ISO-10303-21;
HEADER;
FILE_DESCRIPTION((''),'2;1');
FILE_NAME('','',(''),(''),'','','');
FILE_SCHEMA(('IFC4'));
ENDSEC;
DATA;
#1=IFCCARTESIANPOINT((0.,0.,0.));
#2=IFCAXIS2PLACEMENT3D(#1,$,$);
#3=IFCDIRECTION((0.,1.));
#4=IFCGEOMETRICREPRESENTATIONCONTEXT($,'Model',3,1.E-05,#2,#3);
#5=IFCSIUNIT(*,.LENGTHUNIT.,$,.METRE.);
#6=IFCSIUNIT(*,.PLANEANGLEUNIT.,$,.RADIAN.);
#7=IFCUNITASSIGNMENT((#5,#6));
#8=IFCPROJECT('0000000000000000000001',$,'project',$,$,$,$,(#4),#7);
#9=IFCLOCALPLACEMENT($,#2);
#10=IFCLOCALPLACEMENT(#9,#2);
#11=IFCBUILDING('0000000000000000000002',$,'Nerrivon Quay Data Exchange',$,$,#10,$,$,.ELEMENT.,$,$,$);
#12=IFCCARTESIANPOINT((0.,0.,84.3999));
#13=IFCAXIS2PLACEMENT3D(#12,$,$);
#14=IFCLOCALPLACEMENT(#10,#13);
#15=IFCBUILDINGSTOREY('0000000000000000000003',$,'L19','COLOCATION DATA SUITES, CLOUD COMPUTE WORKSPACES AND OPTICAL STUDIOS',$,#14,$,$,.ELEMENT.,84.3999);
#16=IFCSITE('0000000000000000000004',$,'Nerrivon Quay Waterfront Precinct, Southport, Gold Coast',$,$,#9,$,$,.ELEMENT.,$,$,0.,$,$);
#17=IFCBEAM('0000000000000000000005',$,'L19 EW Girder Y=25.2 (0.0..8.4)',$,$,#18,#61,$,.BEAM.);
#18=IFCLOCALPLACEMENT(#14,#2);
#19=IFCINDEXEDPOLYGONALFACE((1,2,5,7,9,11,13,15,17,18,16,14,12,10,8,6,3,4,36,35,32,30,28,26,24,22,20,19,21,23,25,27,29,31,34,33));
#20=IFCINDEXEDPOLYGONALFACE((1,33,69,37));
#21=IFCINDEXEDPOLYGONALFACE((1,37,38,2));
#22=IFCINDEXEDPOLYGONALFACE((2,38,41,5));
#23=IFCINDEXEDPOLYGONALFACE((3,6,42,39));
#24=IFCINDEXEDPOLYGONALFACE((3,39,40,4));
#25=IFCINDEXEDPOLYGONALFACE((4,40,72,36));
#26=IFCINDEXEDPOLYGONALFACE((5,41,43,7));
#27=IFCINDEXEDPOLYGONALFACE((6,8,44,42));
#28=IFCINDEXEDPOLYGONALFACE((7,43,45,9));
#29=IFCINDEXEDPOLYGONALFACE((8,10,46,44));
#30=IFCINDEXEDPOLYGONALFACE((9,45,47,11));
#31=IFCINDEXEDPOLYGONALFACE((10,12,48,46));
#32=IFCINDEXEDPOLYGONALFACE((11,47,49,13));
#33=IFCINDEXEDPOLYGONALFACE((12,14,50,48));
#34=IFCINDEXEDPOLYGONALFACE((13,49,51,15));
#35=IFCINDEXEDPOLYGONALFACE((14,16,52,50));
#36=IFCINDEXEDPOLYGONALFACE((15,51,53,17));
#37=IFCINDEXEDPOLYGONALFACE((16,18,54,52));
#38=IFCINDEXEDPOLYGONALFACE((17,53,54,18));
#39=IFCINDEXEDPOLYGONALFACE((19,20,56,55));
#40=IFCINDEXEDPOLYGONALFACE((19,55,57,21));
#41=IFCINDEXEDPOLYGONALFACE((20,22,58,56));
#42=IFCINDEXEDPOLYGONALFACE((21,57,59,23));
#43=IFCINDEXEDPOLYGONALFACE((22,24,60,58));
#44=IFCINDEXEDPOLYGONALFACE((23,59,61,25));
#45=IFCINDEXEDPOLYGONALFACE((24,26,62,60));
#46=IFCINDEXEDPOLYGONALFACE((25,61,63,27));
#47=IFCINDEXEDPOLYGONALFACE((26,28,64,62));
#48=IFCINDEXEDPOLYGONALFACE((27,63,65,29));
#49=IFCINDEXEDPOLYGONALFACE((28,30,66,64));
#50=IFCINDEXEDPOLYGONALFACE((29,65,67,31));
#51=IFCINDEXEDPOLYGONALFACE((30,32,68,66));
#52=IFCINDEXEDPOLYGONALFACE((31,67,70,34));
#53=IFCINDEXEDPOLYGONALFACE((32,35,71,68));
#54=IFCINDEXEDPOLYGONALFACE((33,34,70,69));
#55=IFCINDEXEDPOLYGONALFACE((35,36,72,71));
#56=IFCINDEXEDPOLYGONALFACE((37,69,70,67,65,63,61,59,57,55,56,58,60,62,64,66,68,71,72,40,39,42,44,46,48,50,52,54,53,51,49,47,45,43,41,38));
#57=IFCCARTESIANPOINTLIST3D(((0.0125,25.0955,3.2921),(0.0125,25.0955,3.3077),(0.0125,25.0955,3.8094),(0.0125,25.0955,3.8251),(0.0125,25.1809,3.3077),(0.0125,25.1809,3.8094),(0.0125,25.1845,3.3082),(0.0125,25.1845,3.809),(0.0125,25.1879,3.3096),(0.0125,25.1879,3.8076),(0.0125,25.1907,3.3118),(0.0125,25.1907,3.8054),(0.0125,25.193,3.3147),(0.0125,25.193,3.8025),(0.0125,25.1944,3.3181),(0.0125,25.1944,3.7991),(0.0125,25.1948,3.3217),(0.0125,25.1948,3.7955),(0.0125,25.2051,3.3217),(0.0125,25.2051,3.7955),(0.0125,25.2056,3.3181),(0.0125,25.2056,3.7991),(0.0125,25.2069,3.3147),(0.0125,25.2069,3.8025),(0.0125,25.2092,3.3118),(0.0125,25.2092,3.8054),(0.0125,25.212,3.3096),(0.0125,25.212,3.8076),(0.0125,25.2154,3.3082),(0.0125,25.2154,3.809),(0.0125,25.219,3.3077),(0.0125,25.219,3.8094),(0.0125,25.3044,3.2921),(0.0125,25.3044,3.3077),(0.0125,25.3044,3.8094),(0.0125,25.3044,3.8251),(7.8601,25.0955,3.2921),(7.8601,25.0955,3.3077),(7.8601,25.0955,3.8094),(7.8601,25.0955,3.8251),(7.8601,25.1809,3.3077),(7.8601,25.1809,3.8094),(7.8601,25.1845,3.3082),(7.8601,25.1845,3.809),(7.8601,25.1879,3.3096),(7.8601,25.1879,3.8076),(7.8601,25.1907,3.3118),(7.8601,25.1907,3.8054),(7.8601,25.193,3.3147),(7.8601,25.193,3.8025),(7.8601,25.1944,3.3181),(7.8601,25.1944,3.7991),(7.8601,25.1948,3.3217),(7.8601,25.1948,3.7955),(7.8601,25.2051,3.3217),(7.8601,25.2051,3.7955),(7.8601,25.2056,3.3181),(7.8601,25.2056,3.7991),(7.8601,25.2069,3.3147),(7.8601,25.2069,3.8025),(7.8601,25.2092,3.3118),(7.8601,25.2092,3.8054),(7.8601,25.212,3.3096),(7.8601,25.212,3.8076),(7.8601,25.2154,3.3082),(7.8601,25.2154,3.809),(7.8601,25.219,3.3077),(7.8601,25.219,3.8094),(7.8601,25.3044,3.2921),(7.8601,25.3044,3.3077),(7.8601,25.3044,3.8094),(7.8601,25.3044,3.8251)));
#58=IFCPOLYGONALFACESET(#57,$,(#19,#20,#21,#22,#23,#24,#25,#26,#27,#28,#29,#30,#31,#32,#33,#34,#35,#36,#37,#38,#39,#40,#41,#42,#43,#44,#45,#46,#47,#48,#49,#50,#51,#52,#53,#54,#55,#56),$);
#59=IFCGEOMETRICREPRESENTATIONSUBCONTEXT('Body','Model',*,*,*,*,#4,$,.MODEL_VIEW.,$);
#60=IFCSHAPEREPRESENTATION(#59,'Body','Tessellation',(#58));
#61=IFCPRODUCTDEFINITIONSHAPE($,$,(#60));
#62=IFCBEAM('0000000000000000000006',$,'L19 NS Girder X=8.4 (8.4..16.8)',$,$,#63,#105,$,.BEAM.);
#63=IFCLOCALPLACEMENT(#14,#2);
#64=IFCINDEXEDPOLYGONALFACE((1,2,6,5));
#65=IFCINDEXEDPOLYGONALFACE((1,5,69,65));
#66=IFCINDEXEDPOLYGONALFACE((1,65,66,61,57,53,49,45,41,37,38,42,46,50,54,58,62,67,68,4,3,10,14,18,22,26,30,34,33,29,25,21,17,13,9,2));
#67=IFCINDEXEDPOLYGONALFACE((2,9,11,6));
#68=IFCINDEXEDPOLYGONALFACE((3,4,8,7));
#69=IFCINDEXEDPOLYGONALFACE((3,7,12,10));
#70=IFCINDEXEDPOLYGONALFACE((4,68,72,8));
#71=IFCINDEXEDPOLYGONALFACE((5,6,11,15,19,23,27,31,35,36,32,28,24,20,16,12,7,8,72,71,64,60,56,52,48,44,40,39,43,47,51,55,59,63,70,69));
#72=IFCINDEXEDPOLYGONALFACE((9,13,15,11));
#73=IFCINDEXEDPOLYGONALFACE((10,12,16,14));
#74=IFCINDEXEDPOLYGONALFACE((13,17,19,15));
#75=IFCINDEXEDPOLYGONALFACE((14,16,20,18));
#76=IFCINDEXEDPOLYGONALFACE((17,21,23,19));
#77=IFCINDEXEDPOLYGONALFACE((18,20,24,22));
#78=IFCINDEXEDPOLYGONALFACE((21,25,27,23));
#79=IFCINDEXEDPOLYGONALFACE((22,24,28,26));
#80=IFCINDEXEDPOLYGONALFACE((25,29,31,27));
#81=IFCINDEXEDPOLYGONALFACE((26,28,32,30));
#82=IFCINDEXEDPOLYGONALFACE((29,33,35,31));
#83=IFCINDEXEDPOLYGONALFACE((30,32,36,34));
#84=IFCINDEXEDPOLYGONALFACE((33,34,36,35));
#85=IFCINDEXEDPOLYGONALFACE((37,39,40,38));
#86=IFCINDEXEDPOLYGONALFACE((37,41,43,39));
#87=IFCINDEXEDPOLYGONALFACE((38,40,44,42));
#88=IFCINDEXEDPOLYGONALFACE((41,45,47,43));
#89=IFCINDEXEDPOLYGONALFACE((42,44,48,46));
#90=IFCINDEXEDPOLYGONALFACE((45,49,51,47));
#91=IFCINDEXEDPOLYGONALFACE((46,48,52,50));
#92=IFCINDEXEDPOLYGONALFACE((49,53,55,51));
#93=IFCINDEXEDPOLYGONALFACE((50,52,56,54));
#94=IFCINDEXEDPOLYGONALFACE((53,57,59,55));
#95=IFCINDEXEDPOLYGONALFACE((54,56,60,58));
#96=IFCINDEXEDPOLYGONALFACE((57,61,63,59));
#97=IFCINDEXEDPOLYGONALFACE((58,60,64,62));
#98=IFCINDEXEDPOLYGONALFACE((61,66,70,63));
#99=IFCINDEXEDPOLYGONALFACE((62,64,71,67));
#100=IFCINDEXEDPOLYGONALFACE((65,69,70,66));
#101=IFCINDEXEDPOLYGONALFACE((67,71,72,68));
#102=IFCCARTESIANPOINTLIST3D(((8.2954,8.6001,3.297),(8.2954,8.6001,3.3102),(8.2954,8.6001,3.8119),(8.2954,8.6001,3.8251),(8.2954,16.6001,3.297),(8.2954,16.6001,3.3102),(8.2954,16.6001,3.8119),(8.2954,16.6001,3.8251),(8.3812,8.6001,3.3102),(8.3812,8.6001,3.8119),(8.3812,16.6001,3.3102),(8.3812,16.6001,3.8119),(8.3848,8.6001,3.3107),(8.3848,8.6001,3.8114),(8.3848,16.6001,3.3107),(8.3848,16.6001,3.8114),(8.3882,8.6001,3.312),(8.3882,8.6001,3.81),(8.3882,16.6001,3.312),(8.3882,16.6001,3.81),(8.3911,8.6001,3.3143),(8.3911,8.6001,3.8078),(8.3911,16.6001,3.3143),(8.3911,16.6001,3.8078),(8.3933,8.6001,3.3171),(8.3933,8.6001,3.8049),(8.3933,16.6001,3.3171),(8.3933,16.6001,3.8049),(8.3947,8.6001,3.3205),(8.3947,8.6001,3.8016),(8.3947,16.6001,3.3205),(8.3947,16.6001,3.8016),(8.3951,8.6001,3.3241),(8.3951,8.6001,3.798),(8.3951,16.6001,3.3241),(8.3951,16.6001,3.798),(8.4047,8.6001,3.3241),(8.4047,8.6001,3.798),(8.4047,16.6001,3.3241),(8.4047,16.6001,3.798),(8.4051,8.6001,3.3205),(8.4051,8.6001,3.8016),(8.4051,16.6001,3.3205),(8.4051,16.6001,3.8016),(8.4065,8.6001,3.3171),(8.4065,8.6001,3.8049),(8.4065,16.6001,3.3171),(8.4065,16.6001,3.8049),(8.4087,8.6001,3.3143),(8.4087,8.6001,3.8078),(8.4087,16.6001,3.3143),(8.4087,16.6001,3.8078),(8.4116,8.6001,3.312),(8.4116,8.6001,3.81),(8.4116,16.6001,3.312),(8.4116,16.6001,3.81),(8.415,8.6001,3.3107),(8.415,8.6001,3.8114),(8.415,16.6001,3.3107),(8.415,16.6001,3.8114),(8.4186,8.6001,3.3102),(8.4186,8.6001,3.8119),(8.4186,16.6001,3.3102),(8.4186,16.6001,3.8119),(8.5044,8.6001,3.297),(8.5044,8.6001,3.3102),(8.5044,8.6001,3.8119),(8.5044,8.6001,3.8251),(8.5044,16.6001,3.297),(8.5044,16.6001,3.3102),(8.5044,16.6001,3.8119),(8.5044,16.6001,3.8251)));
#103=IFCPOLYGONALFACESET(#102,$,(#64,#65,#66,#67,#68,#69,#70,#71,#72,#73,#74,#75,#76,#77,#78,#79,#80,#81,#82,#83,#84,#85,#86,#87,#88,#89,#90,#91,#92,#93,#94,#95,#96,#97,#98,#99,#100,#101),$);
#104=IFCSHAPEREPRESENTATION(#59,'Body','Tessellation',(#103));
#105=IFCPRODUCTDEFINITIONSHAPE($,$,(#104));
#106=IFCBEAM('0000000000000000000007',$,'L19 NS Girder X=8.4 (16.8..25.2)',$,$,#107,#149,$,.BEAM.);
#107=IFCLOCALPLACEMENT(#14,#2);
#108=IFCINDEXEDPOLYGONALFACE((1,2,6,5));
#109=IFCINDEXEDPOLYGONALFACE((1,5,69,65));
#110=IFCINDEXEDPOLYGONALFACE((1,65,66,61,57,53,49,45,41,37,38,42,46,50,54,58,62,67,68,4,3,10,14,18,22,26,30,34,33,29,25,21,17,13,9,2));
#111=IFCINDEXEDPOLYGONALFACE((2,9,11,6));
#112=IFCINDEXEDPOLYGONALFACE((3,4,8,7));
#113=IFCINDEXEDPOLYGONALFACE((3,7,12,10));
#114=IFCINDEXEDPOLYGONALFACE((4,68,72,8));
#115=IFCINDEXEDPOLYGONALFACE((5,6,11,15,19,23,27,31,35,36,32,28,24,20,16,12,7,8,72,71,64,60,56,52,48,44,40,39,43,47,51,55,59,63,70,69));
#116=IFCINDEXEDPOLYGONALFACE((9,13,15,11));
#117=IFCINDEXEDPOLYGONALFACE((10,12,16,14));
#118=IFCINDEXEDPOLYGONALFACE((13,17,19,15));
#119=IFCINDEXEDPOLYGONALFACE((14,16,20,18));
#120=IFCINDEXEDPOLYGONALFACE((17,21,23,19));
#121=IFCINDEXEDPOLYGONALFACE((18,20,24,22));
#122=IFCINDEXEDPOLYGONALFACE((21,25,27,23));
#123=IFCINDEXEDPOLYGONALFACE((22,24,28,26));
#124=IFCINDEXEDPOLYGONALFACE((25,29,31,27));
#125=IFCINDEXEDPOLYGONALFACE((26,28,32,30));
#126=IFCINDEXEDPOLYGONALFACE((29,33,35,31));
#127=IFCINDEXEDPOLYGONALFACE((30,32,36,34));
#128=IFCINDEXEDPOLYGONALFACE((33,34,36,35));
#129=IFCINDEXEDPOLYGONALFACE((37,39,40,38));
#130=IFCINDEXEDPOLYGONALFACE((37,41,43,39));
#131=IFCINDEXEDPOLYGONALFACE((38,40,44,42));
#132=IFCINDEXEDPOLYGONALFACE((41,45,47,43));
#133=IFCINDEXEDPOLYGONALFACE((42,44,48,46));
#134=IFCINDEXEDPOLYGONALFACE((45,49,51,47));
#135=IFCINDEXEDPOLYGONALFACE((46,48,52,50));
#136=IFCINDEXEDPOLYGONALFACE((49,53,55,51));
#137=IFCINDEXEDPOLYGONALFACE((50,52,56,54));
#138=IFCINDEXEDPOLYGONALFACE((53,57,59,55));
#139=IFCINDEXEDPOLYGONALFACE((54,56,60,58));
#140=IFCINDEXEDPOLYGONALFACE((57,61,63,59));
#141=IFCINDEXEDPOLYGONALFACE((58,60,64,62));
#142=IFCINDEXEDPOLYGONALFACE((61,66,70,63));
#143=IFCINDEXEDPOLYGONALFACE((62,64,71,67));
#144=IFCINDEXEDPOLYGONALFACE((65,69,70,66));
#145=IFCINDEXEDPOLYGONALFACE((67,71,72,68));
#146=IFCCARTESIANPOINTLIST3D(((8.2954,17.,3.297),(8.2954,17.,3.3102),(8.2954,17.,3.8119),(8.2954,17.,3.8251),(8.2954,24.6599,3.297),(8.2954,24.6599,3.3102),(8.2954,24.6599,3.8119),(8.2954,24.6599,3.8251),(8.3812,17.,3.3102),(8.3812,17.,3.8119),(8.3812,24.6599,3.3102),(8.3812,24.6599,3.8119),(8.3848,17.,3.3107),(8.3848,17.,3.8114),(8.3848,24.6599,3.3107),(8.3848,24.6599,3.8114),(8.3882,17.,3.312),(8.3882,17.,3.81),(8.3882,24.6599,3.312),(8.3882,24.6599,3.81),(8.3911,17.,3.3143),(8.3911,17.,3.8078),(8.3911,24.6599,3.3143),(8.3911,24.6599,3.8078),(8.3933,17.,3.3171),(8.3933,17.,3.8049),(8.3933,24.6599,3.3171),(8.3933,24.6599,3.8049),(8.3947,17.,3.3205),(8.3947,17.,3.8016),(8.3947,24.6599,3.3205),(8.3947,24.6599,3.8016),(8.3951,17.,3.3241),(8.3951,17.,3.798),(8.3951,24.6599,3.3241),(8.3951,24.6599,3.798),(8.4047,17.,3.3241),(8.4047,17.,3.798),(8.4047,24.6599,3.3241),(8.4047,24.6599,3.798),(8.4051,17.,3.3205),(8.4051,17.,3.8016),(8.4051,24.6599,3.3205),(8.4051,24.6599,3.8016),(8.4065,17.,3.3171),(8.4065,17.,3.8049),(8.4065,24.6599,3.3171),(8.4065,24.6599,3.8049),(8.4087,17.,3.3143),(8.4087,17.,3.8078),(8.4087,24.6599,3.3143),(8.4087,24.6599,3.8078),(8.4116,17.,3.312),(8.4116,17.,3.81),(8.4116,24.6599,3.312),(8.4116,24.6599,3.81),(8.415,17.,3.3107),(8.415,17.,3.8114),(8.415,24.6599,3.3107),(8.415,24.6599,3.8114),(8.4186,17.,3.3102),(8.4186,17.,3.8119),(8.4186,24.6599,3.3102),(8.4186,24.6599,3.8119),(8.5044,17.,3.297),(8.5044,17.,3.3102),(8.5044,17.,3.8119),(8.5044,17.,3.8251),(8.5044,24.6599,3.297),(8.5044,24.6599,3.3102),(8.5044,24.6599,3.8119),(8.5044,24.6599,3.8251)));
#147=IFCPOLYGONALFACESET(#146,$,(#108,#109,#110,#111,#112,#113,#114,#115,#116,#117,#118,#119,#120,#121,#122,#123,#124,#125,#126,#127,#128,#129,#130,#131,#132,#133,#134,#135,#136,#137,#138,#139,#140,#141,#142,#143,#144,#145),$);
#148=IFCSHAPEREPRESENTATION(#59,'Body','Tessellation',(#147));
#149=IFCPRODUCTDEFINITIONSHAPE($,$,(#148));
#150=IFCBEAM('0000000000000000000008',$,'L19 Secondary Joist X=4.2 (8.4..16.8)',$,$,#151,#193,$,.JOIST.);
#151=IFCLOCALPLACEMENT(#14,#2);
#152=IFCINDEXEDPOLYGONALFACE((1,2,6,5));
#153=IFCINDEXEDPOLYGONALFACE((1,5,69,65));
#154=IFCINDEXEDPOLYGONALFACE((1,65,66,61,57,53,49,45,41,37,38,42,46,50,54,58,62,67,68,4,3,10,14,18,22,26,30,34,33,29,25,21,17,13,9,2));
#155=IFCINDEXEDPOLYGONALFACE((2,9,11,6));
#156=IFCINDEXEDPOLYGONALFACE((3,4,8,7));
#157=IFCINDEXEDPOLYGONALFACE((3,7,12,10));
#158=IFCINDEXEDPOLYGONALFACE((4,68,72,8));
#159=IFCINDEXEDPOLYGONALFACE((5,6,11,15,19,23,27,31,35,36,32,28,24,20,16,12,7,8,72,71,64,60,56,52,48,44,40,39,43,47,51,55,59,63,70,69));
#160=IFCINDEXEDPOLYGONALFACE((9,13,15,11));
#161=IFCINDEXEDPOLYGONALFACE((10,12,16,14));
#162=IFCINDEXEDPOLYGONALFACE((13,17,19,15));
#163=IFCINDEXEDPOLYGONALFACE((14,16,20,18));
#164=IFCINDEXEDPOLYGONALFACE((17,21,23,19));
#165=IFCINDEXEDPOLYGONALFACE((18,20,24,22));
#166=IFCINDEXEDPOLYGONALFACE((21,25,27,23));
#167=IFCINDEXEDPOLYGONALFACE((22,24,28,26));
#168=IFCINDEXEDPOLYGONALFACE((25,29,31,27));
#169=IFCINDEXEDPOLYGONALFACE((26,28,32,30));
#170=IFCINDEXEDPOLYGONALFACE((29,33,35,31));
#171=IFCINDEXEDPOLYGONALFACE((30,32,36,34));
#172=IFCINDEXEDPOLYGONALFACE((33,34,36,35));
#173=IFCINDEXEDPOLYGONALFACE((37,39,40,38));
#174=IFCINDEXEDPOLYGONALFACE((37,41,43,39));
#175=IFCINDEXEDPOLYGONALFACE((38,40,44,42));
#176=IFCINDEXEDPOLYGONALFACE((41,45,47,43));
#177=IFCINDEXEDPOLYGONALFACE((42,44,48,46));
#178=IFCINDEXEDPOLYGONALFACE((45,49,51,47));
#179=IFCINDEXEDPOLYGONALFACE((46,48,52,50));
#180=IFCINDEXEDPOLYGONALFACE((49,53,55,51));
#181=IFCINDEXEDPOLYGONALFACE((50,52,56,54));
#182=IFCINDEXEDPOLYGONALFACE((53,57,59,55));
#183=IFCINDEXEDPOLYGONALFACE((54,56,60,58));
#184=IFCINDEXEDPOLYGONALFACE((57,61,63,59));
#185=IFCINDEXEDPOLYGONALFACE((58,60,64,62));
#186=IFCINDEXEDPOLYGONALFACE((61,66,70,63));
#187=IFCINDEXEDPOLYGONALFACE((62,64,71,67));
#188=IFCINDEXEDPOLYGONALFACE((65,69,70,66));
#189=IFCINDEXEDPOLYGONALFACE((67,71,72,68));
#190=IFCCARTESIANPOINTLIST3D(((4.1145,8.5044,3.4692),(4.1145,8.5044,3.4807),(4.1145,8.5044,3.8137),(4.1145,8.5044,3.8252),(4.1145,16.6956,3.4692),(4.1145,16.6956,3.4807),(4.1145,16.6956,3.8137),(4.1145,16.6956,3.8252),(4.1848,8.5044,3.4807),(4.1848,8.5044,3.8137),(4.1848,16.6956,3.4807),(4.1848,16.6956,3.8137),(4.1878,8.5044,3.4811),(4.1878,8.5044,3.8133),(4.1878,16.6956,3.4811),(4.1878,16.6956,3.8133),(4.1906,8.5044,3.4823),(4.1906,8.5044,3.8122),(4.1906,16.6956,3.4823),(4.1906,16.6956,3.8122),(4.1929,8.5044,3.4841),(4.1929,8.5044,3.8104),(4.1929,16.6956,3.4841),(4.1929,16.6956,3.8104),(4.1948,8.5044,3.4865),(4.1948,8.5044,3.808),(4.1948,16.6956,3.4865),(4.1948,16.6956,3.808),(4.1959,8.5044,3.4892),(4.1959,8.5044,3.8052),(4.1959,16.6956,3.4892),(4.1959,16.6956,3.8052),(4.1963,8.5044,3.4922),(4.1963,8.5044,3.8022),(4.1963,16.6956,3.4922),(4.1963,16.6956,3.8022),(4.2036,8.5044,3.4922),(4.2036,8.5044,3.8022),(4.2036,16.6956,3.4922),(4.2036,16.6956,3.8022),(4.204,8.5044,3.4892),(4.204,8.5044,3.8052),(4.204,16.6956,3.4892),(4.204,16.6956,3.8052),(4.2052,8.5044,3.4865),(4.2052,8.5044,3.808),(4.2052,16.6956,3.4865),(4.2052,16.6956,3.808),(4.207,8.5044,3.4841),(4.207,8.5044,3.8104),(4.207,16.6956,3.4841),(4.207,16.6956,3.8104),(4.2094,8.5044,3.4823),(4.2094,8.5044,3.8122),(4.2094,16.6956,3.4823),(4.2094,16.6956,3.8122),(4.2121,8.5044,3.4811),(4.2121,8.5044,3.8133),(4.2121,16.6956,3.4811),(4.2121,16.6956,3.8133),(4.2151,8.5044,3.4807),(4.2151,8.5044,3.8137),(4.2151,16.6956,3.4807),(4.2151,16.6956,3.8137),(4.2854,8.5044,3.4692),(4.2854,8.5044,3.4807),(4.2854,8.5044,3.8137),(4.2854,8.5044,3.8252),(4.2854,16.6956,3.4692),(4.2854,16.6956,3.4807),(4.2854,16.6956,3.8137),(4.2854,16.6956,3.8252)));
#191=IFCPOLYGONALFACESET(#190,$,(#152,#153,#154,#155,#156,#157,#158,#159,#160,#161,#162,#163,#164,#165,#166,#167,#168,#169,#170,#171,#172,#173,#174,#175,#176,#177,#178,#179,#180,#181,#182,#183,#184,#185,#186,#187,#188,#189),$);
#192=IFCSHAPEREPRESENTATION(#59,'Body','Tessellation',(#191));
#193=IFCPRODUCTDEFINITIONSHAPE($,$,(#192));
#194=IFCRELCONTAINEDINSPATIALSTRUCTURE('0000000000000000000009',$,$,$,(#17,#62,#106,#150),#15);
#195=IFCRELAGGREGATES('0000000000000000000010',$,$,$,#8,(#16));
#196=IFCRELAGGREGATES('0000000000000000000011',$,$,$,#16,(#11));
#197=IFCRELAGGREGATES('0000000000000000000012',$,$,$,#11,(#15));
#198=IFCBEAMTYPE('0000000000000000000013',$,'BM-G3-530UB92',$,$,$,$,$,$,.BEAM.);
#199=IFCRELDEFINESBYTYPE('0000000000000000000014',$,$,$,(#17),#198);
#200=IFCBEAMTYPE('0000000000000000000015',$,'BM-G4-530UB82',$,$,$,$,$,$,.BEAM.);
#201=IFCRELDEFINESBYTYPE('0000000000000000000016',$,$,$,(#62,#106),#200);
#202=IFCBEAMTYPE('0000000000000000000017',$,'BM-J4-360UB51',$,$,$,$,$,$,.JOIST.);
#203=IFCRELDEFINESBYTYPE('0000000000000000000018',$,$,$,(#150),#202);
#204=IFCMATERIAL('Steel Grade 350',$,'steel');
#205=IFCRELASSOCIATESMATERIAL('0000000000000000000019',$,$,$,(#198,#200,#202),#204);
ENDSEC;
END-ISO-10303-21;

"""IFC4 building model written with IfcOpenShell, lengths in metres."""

from ifc_helpers import new_model, si_unit, direction, frame, origin, origin_2d, place, context, subcontext, project, spatial, i_section, extrude, material, material_profile, profile_set, type_object, element, save


model = new_model("IFC4")

# Units and contexts
model_context = context("Model", 3, precision=1e-05, world=origin(), true_north=direction((0.0, 1.0)))
body_context = subcontext(model_context, "Body", "Model", "MODEL_VIEW")
ifc_project = project(units=[si_unit("LENGTHUNIT", "METRE"), si_unit("PLANEANGLEUNIT", "RADIAN")], contexts=[model_context])

# Site, building, storey
site_placement = place(None, origin())
site = spatial("IfcSite", under=ifc_project, at=site_placement, Name="Nerrivon Quay Waterfront Precinct, Southport, Gold Coast", CompositionType="ELEMENT", RefElevation=0.0)
building_placement = place(site_placement, origin())
building = spatial("IfcBuilding", under=site, at=building_placement, Name="Nerrivon Quay Data Exchange", CompositionType="ELEMENT")
storey_placement = place(building_placement, frame((0.0, 0.0, 84.3999)))
storey = spatial("IfcBuildingStorey", under=building, at=storey_placement, Name="L19", Description="COLOCATION DATA SUITES, CLOUD COMPUTE WORKSPACES AND OPTICAL STUDIOS", CompositionType="ELEMENT", Elevation=84.3999)

# Shared definitions
ifc_material_1 = material(Name="Steel Grade 350", Category="steel")

# Beams
ifc_material_profile_1 = material_profile(ifc_material_1, i_section(OverallWidth=0.209, OverallDepth=0.533, WebThickness=0.0103, FlangeThickness=0.0156, FilletRadius=0.0139, at=origin_2d()), Name="530UB92.4")
ifc_profile_set_1 = profile_set([ifc_material_profile_1], Name="Steel Grade 350")
beam_type_1 = type_object("IfcBeamType", Name="BM-G3-530UB92", PredefinedType="BEAM", material=ifc_profile_set_1)
beam_1_placement = place(storey_placement, frame((0.0125, 25.2, 3.5586), z_axis=(1.0, 0.0, 0.0), x_axis=(0.0, 1.0, 0.0)))
element("IfcBeam", 1, at=beam_1_placement, inside=storey, type_object=beam_type_1, Name="L19 EW Girder Y=25.2 (0.0..8.4)", PredefinedType="BEAM", context=body_context, shape_type="SweptSolid", body=[
    extrude(i_section(OverallWidth=0.209, OverallDepth=0.533, WebThickness=0.0103, FlangeThickness=0.0156, FilletRadius=0.0139, at=origin_2d()), origin(), (0.0, 0.0, 1.0), 7.8477),
])
ifc_material_profile_2 = material_profile(ifc_material_1, i_section(OverallWidth=0.209, OverallDepth=0.5281, WebThickness=0.0095, FlangeThickness=0.0132, FilletRadius=0.0139, at=origin_2d()), Name="530UB82.0")
ifc_profile_set_2 = profile_set([ifc_material_profile_2], Name="Steel Grade 350")
beam_type_2 = type_object("IfcBeamType", Name="BM-G4-530UB82", PredefinedType="BEAM", material=ifc_profile_set_2)
beam_2_placement = place(storey_placement, frame((8.3999, 8.6001, 3.561), z_axis=(0.0, 1.0, 0.0), x_axis=(-1.0, 0.0, 0.0)))
element("IfcBeam", 2, at=beam_2_placement, inside=storey, type_object=beam_type_2, Name="L19 NS Girder X=8.4 (8.4..16.8)", PredefinedType="BEAM", context=body_context, shape_type="SweptSolid", body=[
    extrude(i_section(OverallWidth=0.209, OverallDepth=0.5281, WebThickness=0.0095, FlangeThickness=0.0132, FilletRadius=0.0139, at=origin_2d()), origin(), (0.0, 0.0, 1.0), 8.0),
])
beam_3_placement = place(storey_placement, frame((8.3999, 17.0, 3.561), z_axis=(0.0, 1.0, 0.0), x_axis=(-1.0, 0.0, 0.0)))
element("IfcBeam", 3, at=beam_3_placement, inside=storey, type_object=beam_type_2, Name="L19 NS Girder X=8.4 (16.8..25.2)", PredefinedType="BEAM", context=body_context, shape_type="SweptSolid", body=[
    extrude(i_section(OverallWidth=0.209, OverallDepth=0.5281, WebThickness=0.0095, FlangeThickness=0.0132, FilletRadius=0.0139, at=origin_2d()), origin(), (0.0, 0.0, 1.0), 7.6599),
])
ifc_material_profile_3 = material_profile(ifc_material_1, i_section(OverallWidth=0.1709, OverallDepth=0.356, WebThickness=0.0073, FlangeThickness=0.0115, FilletRadius=0.0115, at=origin_2d()), Name="360UB50.7")
ifc_profile_set_3 = profile_set([ifc_material_profile_3], Name="Steel Grade 350")
beam_type_3 = type_object("IfcBeamType", Name="BM-J4-360UB51", PredefinedType="JOIST", material=ifc_profile_set_3)
beam_4_placement = place(storey_placement, frame((4.2, 8.5044, 3.6472), z_axis=(0.0, 1.0, 0.0), x_axis=(-1.0, 0.0, 0.0)))
element("IfcBeam", 4, at=beam_4_placement, inside=storey, type_object=beam_type_3, Name="L19 Secondary Joist X=4.2 (8.4..16.8)", PredefinedType="JOIST", context=body_context, shape_type="SweptSolid", body=[
    extrude(i_section(OverallWidth=0.1709, OverallDepth=0.356, WebThickness=0.0073, FlangeThickness=0.0115, FilletRadius=0.0115, at=origin_2d()), origin(), (0.0, 0.0, 1.0), 8.1912),
])

save(model, "model.ifc")
